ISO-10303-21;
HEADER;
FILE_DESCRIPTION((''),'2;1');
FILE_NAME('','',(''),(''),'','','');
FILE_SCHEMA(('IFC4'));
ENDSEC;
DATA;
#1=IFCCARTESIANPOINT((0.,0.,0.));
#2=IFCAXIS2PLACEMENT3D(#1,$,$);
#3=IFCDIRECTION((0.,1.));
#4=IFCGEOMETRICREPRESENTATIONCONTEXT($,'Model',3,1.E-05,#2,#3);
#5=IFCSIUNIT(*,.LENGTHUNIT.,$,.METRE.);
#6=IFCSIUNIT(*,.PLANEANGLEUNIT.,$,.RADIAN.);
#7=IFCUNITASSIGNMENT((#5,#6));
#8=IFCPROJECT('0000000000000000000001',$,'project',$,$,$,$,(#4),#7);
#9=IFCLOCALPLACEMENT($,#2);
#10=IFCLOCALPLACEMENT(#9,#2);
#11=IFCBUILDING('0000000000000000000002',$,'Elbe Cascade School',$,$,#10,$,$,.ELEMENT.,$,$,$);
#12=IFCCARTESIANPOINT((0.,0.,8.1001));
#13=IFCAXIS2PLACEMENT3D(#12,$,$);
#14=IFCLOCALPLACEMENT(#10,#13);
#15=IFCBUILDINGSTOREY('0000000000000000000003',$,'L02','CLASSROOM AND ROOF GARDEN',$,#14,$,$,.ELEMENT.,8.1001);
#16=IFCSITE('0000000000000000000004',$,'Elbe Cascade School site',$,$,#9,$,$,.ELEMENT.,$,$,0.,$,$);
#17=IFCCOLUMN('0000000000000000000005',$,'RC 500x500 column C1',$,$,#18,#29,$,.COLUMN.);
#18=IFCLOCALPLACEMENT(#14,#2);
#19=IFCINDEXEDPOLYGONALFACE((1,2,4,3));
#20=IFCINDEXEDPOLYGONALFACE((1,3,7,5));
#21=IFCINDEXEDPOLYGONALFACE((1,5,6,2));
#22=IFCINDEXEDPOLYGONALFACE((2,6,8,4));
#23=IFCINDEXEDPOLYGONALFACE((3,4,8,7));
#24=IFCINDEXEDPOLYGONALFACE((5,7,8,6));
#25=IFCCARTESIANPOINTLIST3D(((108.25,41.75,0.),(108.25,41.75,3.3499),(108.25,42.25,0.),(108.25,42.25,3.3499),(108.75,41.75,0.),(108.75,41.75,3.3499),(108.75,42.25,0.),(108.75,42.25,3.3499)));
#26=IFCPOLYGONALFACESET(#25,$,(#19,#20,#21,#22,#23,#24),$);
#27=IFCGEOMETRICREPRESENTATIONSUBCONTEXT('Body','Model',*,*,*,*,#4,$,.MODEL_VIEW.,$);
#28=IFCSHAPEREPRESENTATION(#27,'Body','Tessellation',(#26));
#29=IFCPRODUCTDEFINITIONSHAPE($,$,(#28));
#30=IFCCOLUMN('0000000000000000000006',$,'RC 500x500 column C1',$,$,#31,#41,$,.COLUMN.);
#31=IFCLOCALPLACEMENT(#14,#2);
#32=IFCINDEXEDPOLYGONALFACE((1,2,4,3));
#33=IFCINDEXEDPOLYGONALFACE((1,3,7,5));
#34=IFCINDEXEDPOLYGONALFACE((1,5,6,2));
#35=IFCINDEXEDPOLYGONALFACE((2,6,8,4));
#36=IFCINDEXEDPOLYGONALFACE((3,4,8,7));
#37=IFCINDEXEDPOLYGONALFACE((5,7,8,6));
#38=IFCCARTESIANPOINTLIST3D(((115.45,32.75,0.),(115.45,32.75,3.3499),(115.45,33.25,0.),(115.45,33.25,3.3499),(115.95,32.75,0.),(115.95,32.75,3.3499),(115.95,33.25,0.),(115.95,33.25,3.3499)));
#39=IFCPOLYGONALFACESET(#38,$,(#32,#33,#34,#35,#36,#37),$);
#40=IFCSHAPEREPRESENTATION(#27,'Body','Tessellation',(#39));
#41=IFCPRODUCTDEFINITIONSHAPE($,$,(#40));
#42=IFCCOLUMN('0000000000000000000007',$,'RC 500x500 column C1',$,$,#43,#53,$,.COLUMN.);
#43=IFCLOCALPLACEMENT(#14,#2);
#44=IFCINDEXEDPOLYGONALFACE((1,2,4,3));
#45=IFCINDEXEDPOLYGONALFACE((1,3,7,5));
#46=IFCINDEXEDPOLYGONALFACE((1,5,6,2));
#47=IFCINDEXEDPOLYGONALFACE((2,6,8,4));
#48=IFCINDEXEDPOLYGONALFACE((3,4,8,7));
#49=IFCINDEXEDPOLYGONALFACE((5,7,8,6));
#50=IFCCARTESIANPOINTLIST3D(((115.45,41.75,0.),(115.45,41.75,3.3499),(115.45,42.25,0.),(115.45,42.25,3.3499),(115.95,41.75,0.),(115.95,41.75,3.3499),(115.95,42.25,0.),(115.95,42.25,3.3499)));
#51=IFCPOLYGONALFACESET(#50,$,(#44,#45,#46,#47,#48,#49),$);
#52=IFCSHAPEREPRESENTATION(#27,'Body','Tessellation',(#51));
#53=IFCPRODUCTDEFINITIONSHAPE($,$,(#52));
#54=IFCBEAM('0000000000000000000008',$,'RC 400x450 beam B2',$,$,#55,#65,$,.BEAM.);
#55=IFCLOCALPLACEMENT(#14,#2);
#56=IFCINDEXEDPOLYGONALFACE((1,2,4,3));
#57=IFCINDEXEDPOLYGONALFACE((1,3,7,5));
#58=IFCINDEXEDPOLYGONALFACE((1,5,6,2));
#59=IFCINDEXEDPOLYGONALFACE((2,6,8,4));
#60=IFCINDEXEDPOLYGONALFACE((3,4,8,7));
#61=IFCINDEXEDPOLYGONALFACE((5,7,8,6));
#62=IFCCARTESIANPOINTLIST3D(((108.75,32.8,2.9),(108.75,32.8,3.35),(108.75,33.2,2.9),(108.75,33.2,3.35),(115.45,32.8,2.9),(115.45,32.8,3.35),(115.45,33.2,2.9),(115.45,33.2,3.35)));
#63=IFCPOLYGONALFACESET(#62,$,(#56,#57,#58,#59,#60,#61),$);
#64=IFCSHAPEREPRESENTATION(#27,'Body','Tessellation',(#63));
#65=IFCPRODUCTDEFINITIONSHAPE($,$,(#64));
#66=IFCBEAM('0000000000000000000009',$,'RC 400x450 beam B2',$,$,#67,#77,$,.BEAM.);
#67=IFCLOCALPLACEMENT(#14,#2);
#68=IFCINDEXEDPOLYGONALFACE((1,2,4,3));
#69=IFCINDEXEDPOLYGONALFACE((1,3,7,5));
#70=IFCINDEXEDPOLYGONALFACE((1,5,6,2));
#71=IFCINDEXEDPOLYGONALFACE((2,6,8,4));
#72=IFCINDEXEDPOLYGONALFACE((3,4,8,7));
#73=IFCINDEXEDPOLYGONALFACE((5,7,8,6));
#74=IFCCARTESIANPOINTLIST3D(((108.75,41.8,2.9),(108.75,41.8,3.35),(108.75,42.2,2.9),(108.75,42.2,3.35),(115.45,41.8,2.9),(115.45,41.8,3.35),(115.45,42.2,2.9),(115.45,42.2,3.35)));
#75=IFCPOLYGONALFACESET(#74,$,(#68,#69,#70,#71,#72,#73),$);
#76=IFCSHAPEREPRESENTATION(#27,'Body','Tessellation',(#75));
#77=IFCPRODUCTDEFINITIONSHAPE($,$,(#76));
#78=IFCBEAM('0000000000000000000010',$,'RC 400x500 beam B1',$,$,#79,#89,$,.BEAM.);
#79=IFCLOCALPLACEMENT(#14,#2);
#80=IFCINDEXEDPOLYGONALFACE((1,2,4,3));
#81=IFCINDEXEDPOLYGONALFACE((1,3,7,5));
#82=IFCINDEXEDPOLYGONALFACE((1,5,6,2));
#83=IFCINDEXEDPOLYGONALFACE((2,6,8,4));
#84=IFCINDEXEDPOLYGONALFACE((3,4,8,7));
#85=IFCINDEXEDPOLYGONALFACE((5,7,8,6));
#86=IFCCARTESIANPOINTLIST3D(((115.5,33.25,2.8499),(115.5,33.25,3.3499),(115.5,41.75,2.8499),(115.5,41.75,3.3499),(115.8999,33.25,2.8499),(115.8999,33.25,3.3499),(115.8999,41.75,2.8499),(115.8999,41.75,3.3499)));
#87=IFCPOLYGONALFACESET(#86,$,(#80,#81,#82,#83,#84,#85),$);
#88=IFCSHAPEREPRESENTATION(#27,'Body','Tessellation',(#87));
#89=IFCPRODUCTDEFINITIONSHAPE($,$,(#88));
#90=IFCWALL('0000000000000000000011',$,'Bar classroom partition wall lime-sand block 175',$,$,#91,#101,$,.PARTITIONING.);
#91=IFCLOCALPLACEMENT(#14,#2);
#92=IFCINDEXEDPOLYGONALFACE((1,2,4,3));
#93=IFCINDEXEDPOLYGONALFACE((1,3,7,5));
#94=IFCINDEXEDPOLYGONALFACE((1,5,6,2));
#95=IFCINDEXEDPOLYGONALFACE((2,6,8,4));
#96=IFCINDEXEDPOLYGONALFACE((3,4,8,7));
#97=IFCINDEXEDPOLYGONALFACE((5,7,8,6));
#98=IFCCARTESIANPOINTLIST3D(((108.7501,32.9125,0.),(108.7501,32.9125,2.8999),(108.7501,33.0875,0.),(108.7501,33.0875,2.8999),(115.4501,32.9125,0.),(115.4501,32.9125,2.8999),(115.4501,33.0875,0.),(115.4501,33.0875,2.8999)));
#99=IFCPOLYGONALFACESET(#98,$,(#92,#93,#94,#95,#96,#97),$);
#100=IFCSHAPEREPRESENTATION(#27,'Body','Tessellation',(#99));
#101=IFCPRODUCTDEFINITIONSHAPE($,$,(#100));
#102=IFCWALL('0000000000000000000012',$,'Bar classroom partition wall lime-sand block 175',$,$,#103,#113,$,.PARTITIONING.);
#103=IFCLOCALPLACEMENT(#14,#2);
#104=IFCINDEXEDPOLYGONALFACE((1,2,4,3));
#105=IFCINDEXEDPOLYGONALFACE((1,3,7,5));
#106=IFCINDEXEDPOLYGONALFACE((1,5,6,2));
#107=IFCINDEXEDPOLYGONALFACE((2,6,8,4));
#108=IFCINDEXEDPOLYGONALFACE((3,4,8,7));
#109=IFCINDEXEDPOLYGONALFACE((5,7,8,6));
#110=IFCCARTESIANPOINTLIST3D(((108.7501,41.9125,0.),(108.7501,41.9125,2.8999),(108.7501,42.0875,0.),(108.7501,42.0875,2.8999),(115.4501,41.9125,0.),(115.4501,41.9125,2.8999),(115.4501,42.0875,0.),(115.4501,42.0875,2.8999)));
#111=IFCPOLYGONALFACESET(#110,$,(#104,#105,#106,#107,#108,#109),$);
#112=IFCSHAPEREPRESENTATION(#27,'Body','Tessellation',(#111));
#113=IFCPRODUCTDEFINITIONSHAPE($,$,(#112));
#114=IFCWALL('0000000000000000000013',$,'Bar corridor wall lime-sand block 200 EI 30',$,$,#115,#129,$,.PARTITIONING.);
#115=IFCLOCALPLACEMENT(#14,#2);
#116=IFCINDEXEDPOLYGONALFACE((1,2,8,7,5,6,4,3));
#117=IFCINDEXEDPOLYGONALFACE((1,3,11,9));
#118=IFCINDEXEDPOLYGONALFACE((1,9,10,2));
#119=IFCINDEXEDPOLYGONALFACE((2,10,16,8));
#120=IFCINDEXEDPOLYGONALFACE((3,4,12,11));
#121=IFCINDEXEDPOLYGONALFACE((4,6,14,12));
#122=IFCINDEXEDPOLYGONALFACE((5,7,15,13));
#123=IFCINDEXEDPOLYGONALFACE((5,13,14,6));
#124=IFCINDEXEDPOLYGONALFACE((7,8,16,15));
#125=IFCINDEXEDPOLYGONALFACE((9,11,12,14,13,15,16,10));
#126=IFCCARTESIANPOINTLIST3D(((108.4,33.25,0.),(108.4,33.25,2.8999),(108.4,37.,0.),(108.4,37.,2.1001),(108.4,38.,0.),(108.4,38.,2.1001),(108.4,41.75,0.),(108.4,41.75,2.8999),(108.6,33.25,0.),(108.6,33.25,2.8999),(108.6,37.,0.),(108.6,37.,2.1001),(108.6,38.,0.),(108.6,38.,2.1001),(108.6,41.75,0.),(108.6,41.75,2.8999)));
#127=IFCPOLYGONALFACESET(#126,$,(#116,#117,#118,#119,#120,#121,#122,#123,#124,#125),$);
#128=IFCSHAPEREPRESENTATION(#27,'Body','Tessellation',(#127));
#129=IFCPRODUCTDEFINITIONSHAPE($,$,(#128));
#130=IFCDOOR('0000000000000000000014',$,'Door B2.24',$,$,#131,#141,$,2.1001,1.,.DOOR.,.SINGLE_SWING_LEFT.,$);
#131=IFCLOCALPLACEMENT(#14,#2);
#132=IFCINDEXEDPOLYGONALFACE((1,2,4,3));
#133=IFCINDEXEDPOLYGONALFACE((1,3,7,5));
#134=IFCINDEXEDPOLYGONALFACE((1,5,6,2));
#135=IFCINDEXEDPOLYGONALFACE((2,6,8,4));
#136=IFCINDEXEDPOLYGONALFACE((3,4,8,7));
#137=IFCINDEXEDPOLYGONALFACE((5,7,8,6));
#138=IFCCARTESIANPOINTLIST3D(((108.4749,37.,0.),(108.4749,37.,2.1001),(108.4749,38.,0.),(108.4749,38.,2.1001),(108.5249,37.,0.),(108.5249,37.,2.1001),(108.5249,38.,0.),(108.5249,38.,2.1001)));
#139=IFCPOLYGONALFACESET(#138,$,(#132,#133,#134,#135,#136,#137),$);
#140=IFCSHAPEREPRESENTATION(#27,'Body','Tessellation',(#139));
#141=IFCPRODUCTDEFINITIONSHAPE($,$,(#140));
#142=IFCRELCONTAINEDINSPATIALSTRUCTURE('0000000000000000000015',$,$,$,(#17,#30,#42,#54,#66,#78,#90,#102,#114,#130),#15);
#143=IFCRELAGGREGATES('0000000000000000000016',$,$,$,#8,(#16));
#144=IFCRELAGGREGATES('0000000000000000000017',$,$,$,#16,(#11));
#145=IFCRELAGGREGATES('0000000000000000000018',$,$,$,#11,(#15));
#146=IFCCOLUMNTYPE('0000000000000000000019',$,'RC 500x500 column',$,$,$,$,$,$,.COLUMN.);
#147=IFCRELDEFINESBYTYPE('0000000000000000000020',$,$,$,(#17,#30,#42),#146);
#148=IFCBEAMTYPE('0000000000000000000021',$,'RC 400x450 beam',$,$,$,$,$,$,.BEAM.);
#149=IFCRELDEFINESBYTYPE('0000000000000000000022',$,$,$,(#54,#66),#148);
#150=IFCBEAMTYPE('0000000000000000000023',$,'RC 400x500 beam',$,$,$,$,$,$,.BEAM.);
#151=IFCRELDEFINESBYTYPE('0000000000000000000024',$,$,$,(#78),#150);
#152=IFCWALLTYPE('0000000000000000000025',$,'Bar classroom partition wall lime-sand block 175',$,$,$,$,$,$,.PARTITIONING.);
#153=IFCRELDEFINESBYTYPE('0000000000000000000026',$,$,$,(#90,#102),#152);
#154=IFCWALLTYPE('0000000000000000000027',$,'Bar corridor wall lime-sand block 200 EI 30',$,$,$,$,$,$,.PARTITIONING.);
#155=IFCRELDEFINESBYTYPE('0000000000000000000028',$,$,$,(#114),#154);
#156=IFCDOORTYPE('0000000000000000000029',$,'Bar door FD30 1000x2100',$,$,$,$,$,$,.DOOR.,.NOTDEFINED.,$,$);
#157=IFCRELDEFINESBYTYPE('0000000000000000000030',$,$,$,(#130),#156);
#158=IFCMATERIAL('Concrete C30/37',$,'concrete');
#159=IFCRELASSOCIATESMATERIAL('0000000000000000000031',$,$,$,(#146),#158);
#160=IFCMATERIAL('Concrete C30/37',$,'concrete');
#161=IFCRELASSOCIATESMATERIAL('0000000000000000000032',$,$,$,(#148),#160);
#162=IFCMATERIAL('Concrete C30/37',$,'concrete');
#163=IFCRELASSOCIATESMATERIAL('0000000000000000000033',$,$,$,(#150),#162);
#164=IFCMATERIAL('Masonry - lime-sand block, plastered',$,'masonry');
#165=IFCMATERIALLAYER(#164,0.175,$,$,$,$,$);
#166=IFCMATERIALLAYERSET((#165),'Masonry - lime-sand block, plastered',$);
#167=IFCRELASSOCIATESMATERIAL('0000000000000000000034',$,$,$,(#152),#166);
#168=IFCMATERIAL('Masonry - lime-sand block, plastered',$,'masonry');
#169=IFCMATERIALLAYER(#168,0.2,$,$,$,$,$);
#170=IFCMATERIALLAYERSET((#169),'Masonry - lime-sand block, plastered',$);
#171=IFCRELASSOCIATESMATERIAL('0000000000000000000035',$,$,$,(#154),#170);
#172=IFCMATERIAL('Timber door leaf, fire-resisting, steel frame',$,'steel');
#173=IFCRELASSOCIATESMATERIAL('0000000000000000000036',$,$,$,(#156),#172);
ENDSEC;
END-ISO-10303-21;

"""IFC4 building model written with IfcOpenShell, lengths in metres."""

from ifc_helpers import new_model, si_unit, direction, frame, frame_2d, origin, origin_2d, place, context, subcontext, project, spatial, rectangle, extrude, material, layer, layer_set, material_profile, profile_set, type_object, element, fill, save


model = new_model("IFC4")

# Units and contexts
model_context = context("Model", 3, precision=1e-05, world=origin(), true_north=direction((0.0, 1.0)))
body_context = subcontext(model_context, "Body", "Model", "MODEL_VIEW")
ifc_project = project(units=[si_unit("LENGTHUNIT", "METRE"), si_unit("PLANEANGLEUNIT", "RADIAN")], contexts=[model_context])

# Site, building, storey
site_placement = place(None, origin())
site = spatial("IfcSite", under=ifc_project, at=site_placement, Name="Elbe Cascade School site", CompositionType="ELEMENT", RefElevation=0.0)
building_placement = place(site_placement, origin())
building = spatial("IfcBuilding", under=site, at=building_placement, Name="Elbe Cascade School", CompositionType="ELEMENT")
storey_placement = place(building_placement, frame((0.0, 0.0, 8.1001)))
storey = spatial("IfcBuildingStorey", under=building, at=storey_placement, Name="L02", Description="CLASSROOM AND ROOF GARDEN", CompositionType="ELEMENT", Elevation=8.1001)

# Columns
ifc_material_1 = material(Name="Concrete C30/37", Category="concrete")
ifc_material_profile_1 = material_profile(ifc_material_1, rectangle(XDim=0.5, YDim=0.5, at=origin_2d()), Name="RC 500x500")
ifc_profile_set_1 = profile_set([ifc_material_profile_1], Name="Concrete C30/37")
column_type = type_object("IfcColumnType", Name="RC 500x500 column", PredefinedType="COLUMN", material=ifc_profile_set_1)
for number, where, z_axis, x_axis, name in (
    (1, (108.5, 42.0, 0.0), (0.0, 0.0, 1.0), (1.0, 0.0, 0.0), "RC 500x500 column C1"),
    (2, (115.7, 33.0, 0.0), (0.0, 0.0, 1.0), (1.0, 0.0, 0.0), "RC 500x500 column C1"),
    (3, (115.7, 42.0, 0.0), (0.0, 0.0, 1.0), (1.0, 0.0, 0.0), "RC 500x500 column C1"),
):
    element("IfcColumn", number, at=place(storey_placement, frame(where, z_axis=z_axis, x_axis=x_axis)), inside=storey, type_object=column_type, Name=name, PredefinedType="COLUMN", context=body_context, shape_type="SweptSolid", body=[
        extrude(rectangle(XDim=0.5, YDim=0.5, at=origin_2d()), origin(), (0.0, 0.0, 1.0), 3.3499),
    ])

# Beams
ifc_material_2 = material(Name="Concrete C30/37", Category="concrete")
ifc_material_profile_2 = material_profile(ifc_material_2, rectangle(XDim=0.3999, YDim=0.45, at=origin_2d()), Name="RC 400x450")
ifc_profile_set_2 = profile_set([ifc_material_profile_2], Name="Concrete C30/37")
beam_type_1 = type_object("IfcBeamType", Name="RC 400x450 beam", PredefinedType="BEAM", material=ifc_profile_set_2)
for number, where, z_axis, x_axis, name in (
    (4, (108.75, 33.0, 3.125), (1.0, 0.0, 0.0), (0.0, 1.0, 0.0), "RC 400x450 beam B2"),
    (5, (108.75, 42.0, 3.125), (1.0, 0.0, 0.0), (0.0, 1.0, 0.0), "RC 400x450 beam B2"),
):
    element("IfcBeam", number, at=place(storey_placement, frame(where, z_axis=z_axis, x_axis=x_axis)), inside=storey, type_object=beam_type_1, Name=name, PredefinedType="BEAM", context=body_context, shape_type="SweptSolid", body=[
        extrude(rectangle(XDim=0.3999, YDim=0.45, at=origin_2d()), origin(), (0.0, 0.0, 1.0), 6.7),
    ])
ifc_material_3 = material(Name="Concrete C30/37", Category="concrete")
ifc_material_profile_3 = material_profile(ifc_material_3, rectangle(XDim=0.3999, YDim=0.5, at=origin_2d()), Name="RC 400x500")
ifc_profile_set_3 = profile_set([ifc_material_profile_3], Name="Concrete C30/37")
beam_type_2 = type_object("IfcBeamType", Name="RC 400x500 beam", PredefinedType="BEAM", material=ifc_profile_set_3)
beam_placement = place(storey_placement, frame((115.7, 33.25, 3.0999), z_axis=(0.0, 1.0, 0.0), x_axis=(-1.0, 0.0, 0.0)))
element("IfcBeam", 6, at=beam_placement, inside=storey, type_object=beam_type_2, Name="RC 400x500 beam B1", PredefinedType="BEAM", context=body_context, shape_type="SweptSolid", body=[
    extrude(rectangle(XDim=0.3999, YDim=0.5, at=origin_2d()), origin(), (0.0, 0.0, 1.0), 8.5),
])

# Walls
ifc_material_4 = material(Name="Masonry - lime-sand block, plastered", Category="masonry")
ifc_layer_1 = layer(ifc_material_4, 0.175)
ifc_layer_set_1 = layer_set([ifc_layer_1], Name="Masonry - lime-sand block, plastered")
wall_type_1 = type_object("IfcWallType", Name="Bar classroom partition wall lime-sand block 175", PredefinedType="PARTITIONING", material=ifc_layer_set_1)
for number, where, z_axis, x_axis, name in (
    (7, (108.75, 33.0, 0.0), (0.0, 0.0, 1.0), (1.0, 0.0, 0.0), "Bar classroom partition wall lime-sand block 175"),
    (8, (108.75, 42.0, 0.0), (0.0, 0.0, 1.0), (1.0, 0.0, 0.0), "Bar classroom partition wall lime-sand block 175"),
):
    element("IfcWall", number, at=place(storey_placement, frame(where, z_axis=z_axis, x_axis=x_axis)), inside=storey, type_object=wall_type_1, Name=name, PredefinedType="PARTITIONING", context=body_context, shape_type="SweptSolid", body=[
        extrude(rectangle(XDim=6.7, YDim=0.175, at=frame_2d((3.3501, 0.0))), origin(), (0.0, 0.0, 1.0), 2.8999),
    ])

# Wall, opening, door
ifc_material_5 = material(Name="Masonry - lime-sand block, plastered", Category="masonry")
ifc_layer_2 = layer(ifc_material_5, 0.2)
ifc_layer_set_2 = layer_set([ifc_layer_2], Name="Masonry - lime-sand block, plastered")
wall_type_2 = type_object("IfcWallType", Name="Bar corridor wall lime-sand block 200 EI 30", PredefinedType="PARTITIONING", material=ifc_layer_set_2)
wall_1_placement = place(storey_placement, frame((108.5, 41.75, 0.0), z_axis=(0.0, 0.0, 1.0), x_axis=(0.0, -1.0, 0.0)))
wall_1 = element("IfcWall", 9, at=wall_1_placement, inside=storey, type_object=wall_type_2, Name="Bar corridor wall lime-sand block 200 EI 30", PredefinedType="PARTITIONING", context=body_context, shape_type="SweptSolid", body=[
    extrude(rectangle(XDim=8.5, YDim=0.2, at=frame_2d((4.25, 0.0))), origin(), (0.0, 0.0, 1.0), 2.8999),
])
opening_1_placement = place(wall_1_placement, frame((3.75, 0.0, 0.0)))
opening_1 = element("IfcOpeningElement", 10, at=opening_1_placement, cuts=wall_1, PredefinedType="OPENING", context=body_context, shape_type="SweptSolid", body=[
    extrude(rectangle(XDim=1.0, YDim=2.1001, at=frame_2d((0.5, 1.05))), frame((0.0, 0.1099, 0.0), z_axis=(0.0, -1.0, 0.0), x_axis=(1.0, 0.0, 0.0)), (0.0, 0.0, 1.0), 0.22),
])
ifc_material_6 = material(Name="Timber door leaf, fire-resisting, steel frame", Category="steel")
door_type = type_object("IfcDoorType", Name="Bar door FD30 1000x2100", OperationType="NOTDEFINED", PredefinedType="DOOR", material=ifc_material_6)
door_placement = place(opening_1_placement, origin())
door = element("IfcDoor", 11, at=door_placement, inside=storey, type_object=door_type, Name="Door B2.24", OperationType="SINGLE_SWING_LEFT", OverallHeight=2.1001, OverallWidth=1.0, PredefinedType="DOOR", context=body_context, shape_type="SweptSolid", body=[
    extrude(rectangle(XDim=1.0, YDim=2.1001, at=frame_2d((0.5, 1.05))), frame((0.0, 0.0249, 0.0), z_axis=(0.0, -1.0, 0.0), x_axis=(1.0, 0.0, 0.0)), (0.0, 0.0, 1.0), 0.05),
])
fill(opening_1, door)

save(model, "model.ifc")
